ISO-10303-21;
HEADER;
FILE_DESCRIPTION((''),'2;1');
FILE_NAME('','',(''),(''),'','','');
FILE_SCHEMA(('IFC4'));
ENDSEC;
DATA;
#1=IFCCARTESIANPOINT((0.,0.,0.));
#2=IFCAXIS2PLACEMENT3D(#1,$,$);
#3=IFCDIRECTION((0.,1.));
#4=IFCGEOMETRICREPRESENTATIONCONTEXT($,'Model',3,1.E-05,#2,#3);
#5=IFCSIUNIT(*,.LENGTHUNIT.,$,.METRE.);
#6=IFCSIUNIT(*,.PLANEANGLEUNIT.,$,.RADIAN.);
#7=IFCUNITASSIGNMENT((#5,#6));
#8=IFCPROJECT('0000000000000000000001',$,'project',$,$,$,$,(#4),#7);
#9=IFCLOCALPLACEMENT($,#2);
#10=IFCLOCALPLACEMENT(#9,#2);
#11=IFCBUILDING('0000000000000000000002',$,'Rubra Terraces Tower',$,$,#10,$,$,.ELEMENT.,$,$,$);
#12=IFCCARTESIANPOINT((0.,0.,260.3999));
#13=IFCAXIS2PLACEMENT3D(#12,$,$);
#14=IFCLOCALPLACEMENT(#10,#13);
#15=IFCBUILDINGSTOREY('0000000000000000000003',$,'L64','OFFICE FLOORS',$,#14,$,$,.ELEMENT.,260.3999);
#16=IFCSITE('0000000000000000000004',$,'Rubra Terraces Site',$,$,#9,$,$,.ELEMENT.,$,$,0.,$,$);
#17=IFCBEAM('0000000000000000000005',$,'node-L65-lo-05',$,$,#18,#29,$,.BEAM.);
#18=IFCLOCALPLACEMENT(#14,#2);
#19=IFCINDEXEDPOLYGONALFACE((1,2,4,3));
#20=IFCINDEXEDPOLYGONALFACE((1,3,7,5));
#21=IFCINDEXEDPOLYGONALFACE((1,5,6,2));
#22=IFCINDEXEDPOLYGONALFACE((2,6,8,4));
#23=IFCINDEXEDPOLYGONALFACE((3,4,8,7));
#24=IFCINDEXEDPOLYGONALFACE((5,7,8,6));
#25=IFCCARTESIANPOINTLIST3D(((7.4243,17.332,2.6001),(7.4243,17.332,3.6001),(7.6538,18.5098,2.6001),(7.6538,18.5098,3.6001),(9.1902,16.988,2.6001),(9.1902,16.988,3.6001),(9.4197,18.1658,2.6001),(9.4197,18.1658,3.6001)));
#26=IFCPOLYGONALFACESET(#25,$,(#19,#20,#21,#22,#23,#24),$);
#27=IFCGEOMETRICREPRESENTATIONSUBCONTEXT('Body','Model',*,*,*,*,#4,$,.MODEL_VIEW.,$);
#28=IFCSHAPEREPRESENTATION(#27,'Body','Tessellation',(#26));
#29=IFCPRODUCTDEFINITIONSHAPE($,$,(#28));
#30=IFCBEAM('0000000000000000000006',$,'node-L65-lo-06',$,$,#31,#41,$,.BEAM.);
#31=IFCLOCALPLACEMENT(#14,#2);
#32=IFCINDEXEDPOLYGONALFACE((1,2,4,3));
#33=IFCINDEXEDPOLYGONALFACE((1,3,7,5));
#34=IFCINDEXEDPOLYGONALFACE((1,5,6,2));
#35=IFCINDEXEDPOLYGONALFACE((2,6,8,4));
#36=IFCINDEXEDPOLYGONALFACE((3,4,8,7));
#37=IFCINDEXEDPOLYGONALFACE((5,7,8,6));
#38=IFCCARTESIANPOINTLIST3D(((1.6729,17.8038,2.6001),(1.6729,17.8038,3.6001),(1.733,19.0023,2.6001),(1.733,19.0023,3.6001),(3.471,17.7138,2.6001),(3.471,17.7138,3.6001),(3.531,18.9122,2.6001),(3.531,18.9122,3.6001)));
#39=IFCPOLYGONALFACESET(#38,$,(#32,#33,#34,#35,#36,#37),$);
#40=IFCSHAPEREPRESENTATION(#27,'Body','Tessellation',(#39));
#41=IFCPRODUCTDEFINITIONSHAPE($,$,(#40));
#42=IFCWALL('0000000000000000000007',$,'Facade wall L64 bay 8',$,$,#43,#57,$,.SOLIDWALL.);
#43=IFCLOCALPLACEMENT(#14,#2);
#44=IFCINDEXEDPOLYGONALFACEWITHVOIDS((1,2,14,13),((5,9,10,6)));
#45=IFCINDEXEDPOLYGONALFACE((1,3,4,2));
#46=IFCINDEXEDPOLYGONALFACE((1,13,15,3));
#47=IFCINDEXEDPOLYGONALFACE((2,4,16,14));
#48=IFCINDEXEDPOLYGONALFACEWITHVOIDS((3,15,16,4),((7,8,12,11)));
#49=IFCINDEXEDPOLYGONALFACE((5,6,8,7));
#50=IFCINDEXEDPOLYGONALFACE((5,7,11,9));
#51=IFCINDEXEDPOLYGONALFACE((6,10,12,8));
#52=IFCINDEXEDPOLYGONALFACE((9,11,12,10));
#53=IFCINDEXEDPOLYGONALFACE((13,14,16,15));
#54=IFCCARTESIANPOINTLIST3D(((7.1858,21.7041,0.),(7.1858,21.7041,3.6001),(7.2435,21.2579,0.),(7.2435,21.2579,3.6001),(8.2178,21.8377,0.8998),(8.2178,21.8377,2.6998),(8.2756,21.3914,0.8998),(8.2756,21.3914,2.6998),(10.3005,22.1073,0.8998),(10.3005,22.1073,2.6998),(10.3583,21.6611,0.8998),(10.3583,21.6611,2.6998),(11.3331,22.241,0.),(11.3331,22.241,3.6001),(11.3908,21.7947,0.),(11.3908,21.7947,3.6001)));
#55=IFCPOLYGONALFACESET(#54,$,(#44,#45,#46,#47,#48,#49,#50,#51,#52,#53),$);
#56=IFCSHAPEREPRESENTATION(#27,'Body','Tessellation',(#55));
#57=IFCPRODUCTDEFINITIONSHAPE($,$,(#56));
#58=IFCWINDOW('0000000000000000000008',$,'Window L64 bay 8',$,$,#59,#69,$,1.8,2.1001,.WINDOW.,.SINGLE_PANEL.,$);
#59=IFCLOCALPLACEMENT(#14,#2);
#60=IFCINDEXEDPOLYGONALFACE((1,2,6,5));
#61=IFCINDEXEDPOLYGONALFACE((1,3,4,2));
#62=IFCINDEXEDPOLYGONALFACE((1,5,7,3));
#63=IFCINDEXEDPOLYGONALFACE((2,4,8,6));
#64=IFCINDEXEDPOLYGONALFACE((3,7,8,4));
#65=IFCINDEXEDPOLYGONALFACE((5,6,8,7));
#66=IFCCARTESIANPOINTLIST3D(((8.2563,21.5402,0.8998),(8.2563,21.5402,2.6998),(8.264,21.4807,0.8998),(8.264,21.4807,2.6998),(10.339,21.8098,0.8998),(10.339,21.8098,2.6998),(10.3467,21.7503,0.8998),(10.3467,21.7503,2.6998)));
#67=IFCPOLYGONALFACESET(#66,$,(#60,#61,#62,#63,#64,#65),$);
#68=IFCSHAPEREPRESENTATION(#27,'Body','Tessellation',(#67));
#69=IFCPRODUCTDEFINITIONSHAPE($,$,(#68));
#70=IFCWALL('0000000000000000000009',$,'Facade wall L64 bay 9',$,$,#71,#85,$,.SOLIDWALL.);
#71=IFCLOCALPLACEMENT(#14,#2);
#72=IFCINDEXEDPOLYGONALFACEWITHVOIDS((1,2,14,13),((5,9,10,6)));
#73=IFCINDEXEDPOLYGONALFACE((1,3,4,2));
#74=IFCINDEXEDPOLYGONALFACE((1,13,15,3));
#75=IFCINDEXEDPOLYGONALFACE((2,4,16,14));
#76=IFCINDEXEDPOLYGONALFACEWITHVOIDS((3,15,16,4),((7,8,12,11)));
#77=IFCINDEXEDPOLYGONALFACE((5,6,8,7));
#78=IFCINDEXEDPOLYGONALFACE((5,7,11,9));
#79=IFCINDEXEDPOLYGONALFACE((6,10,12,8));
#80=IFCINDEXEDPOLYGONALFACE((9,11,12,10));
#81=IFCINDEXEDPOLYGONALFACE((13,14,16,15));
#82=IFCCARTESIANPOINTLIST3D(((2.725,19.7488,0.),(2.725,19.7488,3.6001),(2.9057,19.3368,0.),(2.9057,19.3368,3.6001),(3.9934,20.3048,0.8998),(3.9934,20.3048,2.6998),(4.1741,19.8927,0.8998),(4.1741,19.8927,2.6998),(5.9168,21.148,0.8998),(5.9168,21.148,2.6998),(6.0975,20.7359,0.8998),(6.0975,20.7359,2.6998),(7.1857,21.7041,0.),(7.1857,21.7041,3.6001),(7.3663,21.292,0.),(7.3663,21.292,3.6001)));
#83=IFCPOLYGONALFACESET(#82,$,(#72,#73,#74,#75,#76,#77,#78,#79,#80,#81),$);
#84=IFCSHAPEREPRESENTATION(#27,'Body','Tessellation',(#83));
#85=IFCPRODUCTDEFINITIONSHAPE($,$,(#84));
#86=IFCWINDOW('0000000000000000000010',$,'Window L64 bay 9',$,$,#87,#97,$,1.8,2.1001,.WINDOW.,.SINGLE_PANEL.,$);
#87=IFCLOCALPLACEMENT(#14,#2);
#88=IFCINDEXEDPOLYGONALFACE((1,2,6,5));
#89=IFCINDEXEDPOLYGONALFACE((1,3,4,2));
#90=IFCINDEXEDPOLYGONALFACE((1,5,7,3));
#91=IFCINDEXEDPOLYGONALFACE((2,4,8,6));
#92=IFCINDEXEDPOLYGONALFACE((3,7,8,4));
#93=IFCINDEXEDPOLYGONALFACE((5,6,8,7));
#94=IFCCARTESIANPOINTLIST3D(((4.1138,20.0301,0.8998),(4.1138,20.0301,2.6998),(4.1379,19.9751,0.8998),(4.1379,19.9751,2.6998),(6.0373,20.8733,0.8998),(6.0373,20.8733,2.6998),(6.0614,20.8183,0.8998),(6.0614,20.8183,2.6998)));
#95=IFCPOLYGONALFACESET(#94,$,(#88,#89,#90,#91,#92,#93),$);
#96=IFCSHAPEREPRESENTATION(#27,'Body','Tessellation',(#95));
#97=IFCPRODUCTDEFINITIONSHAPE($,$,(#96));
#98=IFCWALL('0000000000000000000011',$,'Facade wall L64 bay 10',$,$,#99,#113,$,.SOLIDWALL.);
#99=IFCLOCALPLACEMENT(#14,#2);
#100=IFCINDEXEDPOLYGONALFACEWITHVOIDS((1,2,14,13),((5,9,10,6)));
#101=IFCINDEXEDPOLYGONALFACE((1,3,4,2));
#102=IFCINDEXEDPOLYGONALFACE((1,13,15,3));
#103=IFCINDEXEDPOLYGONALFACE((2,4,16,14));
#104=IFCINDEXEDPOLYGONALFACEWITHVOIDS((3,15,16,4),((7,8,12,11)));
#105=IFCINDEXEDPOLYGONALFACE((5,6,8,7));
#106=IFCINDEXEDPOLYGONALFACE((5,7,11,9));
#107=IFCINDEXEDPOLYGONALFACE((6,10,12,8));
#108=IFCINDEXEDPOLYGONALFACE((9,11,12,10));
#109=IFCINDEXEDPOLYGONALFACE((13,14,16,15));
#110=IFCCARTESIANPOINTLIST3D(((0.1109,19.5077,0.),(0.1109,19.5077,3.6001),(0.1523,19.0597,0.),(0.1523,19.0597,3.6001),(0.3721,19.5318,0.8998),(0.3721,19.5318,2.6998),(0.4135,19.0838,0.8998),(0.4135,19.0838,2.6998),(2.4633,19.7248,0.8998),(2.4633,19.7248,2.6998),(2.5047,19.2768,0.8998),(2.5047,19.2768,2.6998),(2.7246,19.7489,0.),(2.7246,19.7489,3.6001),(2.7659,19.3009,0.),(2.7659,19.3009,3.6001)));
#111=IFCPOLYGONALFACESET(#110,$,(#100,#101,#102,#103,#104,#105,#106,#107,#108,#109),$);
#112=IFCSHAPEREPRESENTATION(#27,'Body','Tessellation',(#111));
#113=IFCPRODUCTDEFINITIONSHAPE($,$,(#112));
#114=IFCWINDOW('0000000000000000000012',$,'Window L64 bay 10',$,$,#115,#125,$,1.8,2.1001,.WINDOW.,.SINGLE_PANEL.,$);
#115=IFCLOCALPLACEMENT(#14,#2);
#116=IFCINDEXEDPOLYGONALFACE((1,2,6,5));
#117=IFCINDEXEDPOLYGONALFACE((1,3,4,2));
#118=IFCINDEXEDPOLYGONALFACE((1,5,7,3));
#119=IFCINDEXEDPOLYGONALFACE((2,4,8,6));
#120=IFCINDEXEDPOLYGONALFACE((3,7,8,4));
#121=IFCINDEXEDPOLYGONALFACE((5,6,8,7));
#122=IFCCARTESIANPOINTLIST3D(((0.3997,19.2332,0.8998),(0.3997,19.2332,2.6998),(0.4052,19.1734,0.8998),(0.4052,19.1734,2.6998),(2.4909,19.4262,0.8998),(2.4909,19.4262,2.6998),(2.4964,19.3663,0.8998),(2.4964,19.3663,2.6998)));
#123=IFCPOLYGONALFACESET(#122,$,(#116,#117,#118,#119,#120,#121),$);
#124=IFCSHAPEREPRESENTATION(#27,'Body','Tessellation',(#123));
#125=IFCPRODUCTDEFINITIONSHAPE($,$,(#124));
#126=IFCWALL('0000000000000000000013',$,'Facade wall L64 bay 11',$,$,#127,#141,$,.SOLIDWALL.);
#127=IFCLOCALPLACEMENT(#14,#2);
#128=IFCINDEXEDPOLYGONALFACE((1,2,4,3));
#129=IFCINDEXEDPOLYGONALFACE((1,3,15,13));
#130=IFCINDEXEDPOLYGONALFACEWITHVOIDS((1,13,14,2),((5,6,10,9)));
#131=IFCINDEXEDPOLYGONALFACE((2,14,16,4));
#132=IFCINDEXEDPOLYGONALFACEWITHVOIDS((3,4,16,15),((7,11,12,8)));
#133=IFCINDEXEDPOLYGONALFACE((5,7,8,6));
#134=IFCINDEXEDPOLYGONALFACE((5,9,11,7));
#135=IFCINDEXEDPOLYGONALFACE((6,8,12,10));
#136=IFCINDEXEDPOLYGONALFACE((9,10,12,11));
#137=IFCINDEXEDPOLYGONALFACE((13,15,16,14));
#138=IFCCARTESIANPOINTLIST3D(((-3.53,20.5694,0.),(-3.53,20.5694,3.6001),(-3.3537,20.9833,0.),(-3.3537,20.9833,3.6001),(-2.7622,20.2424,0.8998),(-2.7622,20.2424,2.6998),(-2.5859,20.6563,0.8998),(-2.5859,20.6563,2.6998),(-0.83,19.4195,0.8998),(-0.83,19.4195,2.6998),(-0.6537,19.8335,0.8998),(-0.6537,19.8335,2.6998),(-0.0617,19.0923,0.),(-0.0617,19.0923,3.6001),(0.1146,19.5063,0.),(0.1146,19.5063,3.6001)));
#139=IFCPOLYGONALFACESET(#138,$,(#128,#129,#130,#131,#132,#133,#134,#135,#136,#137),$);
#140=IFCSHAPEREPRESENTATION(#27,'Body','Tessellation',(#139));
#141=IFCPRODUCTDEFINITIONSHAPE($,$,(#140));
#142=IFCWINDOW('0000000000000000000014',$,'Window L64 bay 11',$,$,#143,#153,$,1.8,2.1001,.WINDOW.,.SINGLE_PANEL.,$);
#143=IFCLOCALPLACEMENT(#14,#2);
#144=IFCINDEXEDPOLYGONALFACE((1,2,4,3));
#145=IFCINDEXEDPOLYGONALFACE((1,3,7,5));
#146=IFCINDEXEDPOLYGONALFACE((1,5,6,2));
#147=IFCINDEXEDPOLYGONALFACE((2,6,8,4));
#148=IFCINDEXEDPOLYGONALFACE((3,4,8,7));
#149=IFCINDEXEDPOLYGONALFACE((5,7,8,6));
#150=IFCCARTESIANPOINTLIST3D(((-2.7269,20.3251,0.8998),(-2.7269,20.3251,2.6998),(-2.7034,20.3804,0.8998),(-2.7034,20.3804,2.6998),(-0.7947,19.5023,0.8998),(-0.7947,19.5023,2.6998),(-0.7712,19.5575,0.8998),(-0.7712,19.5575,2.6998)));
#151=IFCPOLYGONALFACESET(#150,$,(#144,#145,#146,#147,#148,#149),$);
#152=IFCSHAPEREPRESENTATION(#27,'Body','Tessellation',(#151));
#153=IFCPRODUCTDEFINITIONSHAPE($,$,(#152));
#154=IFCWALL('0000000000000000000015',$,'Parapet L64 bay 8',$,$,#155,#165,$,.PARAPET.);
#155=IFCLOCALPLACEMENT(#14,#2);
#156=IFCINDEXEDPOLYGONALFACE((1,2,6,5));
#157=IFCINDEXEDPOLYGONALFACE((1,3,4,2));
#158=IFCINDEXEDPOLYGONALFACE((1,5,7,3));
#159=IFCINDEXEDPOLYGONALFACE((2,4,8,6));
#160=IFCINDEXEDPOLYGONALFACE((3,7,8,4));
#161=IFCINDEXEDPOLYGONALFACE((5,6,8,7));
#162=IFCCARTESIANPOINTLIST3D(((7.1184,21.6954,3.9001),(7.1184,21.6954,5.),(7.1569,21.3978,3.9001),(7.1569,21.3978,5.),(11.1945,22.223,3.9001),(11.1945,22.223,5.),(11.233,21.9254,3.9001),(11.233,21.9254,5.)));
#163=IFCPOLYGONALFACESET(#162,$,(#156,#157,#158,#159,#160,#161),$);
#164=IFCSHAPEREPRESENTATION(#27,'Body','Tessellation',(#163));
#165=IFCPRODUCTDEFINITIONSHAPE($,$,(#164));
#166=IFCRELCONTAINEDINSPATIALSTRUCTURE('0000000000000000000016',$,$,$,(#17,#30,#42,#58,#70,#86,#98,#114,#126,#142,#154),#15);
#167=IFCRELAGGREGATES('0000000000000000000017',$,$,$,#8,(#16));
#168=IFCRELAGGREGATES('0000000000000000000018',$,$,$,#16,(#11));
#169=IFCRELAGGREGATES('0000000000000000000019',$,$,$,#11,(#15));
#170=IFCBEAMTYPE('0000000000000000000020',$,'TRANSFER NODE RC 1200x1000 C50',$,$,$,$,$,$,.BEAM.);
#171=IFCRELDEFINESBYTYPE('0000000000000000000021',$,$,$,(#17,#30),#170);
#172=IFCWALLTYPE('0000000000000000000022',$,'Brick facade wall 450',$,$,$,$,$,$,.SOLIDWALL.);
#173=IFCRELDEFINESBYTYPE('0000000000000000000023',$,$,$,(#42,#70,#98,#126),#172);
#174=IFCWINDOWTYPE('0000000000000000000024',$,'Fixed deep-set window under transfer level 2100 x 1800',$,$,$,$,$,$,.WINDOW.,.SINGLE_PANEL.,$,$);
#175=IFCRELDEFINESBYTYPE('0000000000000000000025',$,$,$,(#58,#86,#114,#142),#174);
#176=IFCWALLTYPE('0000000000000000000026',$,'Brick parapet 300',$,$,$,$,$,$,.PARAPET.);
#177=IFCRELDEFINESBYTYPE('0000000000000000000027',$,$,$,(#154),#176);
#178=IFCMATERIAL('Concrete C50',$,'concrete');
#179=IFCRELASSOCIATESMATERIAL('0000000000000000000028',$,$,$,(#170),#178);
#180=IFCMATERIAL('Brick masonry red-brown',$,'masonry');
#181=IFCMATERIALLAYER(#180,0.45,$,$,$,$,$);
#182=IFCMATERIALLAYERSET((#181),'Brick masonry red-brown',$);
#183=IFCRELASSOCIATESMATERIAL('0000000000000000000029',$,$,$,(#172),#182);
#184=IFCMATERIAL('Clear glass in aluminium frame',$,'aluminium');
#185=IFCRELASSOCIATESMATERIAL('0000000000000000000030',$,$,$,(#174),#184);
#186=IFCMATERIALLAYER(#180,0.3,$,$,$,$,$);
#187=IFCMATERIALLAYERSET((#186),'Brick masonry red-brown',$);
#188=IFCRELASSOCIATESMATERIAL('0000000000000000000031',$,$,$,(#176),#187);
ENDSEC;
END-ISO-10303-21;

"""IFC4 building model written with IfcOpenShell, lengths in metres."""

from ifc_helpers import new_model, si_unit, direction, frame, frame_2d, origin, origin_2d, place, context, subcontext, project, spatial, rectangle, extrude, material, layer, layer_set, material_profile, profile_set, type_object, element, fill, save


model = new_model("IFC4")

# Units and contexts
model_context = context("Model", 3, precision=1e-05, world=origin(), true_north=direction((0.0, 1.0)))
body_context = subcontext(model_context, "Body", "Model", "MODEL_VIEW")
ifc_project = project(units=[si_unit("LENGTHUNIT", "METRE"), si_unit("PLANEANGLEUNIT", "RADIAN")], contexts=[model_context])

# Site, building, storey
site_placement = place(None, origin())
site = spatial("IfcSite", under=ifc_project, at=site_placement, Name="Rubra Terraces Site", CompositionType="ELEMENT", RefElevation=0.0)
building_placement = place(site_placement, origin())
building = spatial("IfcBuilding", under=site, at=building_placement, Name="Rubra Terraces Tower", CompositionType="ELEMENT")
storey_placement = place(building_placement, frame((0.0, 0.0, 260.3999)))
storey = spatial("IfcBuildingStorey", under=building, at=storey_placement, Name="L64", Description="OFFICE FLOORS", CompositionType="ELEMENT", Elevation=260.3999)

# Shared definitions
ifc_material_1 = material(Name="Concrete C50", Category="concrete")

# Beams
ifc_material_profile_1 = material_profile(ifc_material_1, rectangle(XDim=1.2, YDim=1.0, at=origin_2d()), Name="RC 1200x1000")
ifc_profile_set_1 = profile_set([ifc_material_profile_1], Name="Concrete C50")
beam_type_1 = type_object("IfcBeamType", Name="TRANSFER NODE RC 1200x1000 C50", PredefinedType="BEAM", material=ifc_profile_set_1)
beam_1_placement = place(storey_placement, frame((9.3049, 17.5769, 3.1001), z_axis=(-0.98155, 0.191207, 0.0), x_axis=(-0.191207, -0.98155, 0.0)))
element("IfcBeam", 1, at=beam_1_placement, inside=storey, type_object=beam_type_1, Name="node-L65-lo-05", PredefinedType="BEAM", context=body_context, shape_type="SweptSolid", body=[
    extrude(rectangle(XDim=1.2, YDim=1.0, at=origin_2d()), origin(), (0.0, 0.0, 1.0), 1.7991),
])
beam_2_placement = place(storey_placement, frame((3.501, 18.313, 3.1001), z_axis=(-0.998747, 0.050039, 0.0), x_axis=(-0.050039, -0.998747, 0.0)))
element("IfcBeam", 2, at=beam_2_placement, inside=storey, type_object=beam_type_1, Name="node-L65-lo-06", PredefinedType="BEAM", context=body_context, shape_type="SweptSolid", body=[
    extrude(rectangle(XDim=1.2, YDim=1.0, at=origin_2d()), origin(), (0.0, 0.0, 1.0), 1.8003),
])

# Walls, openings, windows
ifc_material_2 = material(Name="Brick masonry red-brown", Category="masonry")
ifc_layer_1 = layer(ifc_material_2, 0.45)
ifc_layer_set_1 = layer_set([ifc_layer_1], Name="Brick masonry red-brown")
wall_type_1 = type_object("IfcWallType", Name="Brick facade wall 450", PredefinedType="SOLIDWALL", material=ifc_layer_set_1)
wall_1_placement = place(storey_placement, frame((11.3618, 22.0178, 0.0), z_axis=(0.0, 0.0, 1.0), x_axis=(-0.991725, -0.128381, 0.0)))
wall_1 = element("IfcWall", 3, at=wall_1_placement, inside=storey, type_object=wall_type_1, Name="Facade wall L64 bay 8", PredefinedType="SOLIDWALL", context=body_context, shape_type="SweptSolid", body=[
    extrude(rectangle(XDim=4.1819, YDim=0.45, at=frame_2d((2.0908, 0.0))), origin(), (0.0, 0.0, 1.0), 3.6001),
])
opening_1_placement = place(wall_1_placement, frame((1.041, 0.0, 0.8999)))
opening_1 = element("IfcOpeningElement", 4, at=opening_1_placement, cuts=wall_1, PredefinedType="OPENING", context=body_context, shape_type="SweptSolid", body=[
    extrude(rectangle(XDim=2.1001, YDim=1.8, at=frame_2d((1.05, 0.8999))), frame((0.0, 0.2349, 0.0), z_axis=(0.0, -1.0, 0.0), x_axis=(1.0, 0.0, 0.0)), (0.0, 0.0, 1.0), 0.47),
])
ifc_material_3 = material(Name="Clear glass in aluminium frame", Category="aluminium")
window_type = type_object("IfcWindowType", Name="Fixed deep-set window under transfer level 2100 x 1800", PartitioningType="SINGLE_PANEL", PredefinedType="WINDOW", material=ifc_material_3)
window_1_placement = place(opening_1_placement, origin())
window_1 = element("IfcWindow", 5, at=window_1_placement, inside=storey, type_object=window_type, Name="Window L64 bay 8", OverallHeight=1.8, OverallWidth=2.1001, PartitioningType="SINGLE_PANEL", PredefinedType="WINDOW", context=body_context, shape_type="SweptSolid", body=[
    extrude(rectangle(XDim=2.1001, YDim=1.8, at=frame_2d((1.05, 0.8999))), frame((0.0, 0.135, 0.0), z_axis=(0.0, -1.0, 0.0), x_axis=(1.0, 0.0, 0.0)), (0.0, 0.0, 1.0), 0.0601),
])
fill(opening_1, window_1)
wall_2_placement = place(storey_placement, frame((7.2759, 21.498, 0.0), z_axis=(0.0, 0.0, 1.0), x_axis=(-0.915873, -0.401468, 0.0)))
wall_2 = element("IfcWall", 6, at=wall_2_placement, inside=storey, type_object=wall_type_1, Name="Facade wall L64 bay 9", PredefinedType="SOLIDWALL", context=body_context, shape_type="SweptSolid", body=[
    extrude(rectangle(XDim=4.8704, YDim=0.45, at=frame_2d((2.4351, 0.0))), origin(), (0.0, 0.0, 1.0), 3.6001),
])
opening_2_placement = place(wall_2_placement, frame((1.3853, 0.0, 0.8999)))
opening_2 = element("IfcOpeningElement", 7, at=opening_2_placement, cuts=wall_2, PredefinedType="OPENING", context=body_context, shape_type="SweptSolid", body=[
    extrude(rectangle(XDim=2.1001, YDim=1.8, at=frame_2d((1.05, 0.8999))), frame((0.0, 0.2349, 0.0), z_axis=(0.0, -1.0, 0.0), x_axis=(1.0, 0.0, 0.0)), (0.0, 0.0, 1.0), 0.47),
])
window_2_placement = place(opening_2_placement, origin())
window_2 = element("IfcWindow", 8, at=window_2_placement, inside=storey, type_object=window_type, Name="Window L64 bay 9", OverallHeight=1.8, OverallWidth=2.1001, PartitioningType="SINGLE_PANEL", PredefinedType="WINDOW", context=body_context, shape_type="SweptSolid", body=[
    extrude(rectangle(XDim=2.1001, YDim=1.8, at=frame_2d((1.05, 0.8999))), frame((0.0, 0.135, 0.0), z_axis=(0.0, -1.0, 0.0), x_axis=(1.0, 0.0, 0.0)), (0.0, 0.0, 1.0), 0.0601),
])
fill(opening_2, window_2)
wall_3_placement = place(storey_placement, frame((2.7454, 19.5249, 0.0), z_axis=(0.0, 0.0, 1.0), x_axis=(-0.995769, -0.091894, 0.0)))
wall_3 = element("IfcWall", 9, at=wall_3_placement, inside=storey, type_object=wall_type_1, Name="Facade wall L64 bay 10", PredefinedType="SOLIDWALL", context=body_context, shape_type="SweptSolid", body=[
    extrude(rectangle(XDim=2.6248, YDim=0.45, at=frame_2d((1.3125, 0.0))), origin(), (0.0, 0.0, 1.0), 3.6001),
])
opening_3_placement = place(wall_3_placement, frame((0.2625, 0.0, 0.8999)))
opening_3 = element("IfcOpeningElement", 10, at=opening_3_placement, cuts=wall_3, PredefinedType="OPENING", context=body_context, shape_type="SweptSolid", body=[
    extrude(rectangle(XDim=2.1001, YDim=1.8, at=frame_2d((1.05, 0.8999))), frame((0.0, 0.2349, 0.0), z_axis=(0.0, -1.0, 0.0), x_axis=(1.0, 0.0, 0.0)), (0.0, 0.0, 1.0), 0.47),
])
window_3_placement = place(opening_3_placement, origin())
window_3 = element("IfcWindow", 11, at=window_3_placement, inside=storey, type_object=window_type, Name="Window L64 bay 10", OverallHeight=1.8, OverallWidth=2.1001, PartitioningType="SINGLE_PANEL", PredefinedType="WINDOW", context=body_context, shape_type="SweptSolid", body=[
    extrude(rectangle(XDim=2.1001, YDim=1.8, at=frame_2d((1.05, 0.8999))), frame((0.0, 0.135, 0.0), z_axis=(0.0, -1.0, 0.0), x_axis=(1.0, 0.0, 0.0)), (0.0, 0.0, 1.0), 0.0601),
])
fill(opening_3, window_3)
wall_4_placement = place(storey_placement, frame((0.0264, 19.2993, 0.0), z_axis=(0.0, 0.0, 1.0), x_axis=(-0.92004, 0.391823, 0.0)))
wall_4 = element("IfcWall", 12, at=wall_4_placement, inside=storey, type_object=wall_type_1, Name="Facade wall L64 bay 11", PredefinedType="SOLIDWALL", context=body_context, shape_type="SweptSolid", body=[
    extrude(rectangle(XDim=3.7698, YDim=0.45, at=frame_2d((1.8848, 0.0))), origin(), (0.0, 0.0, 1.0), 3.6001),
])
opening_4_placement = place(wall_4_placement, frame((0.835, 0.0, 0.8999)))
opening_4 = element("IfcOpeningElement", 13, at=opening_4_placement, cuts=wall_4, PredefinedType="OPENING", context=body_context, shape_type="SweptSolid", body=[
    extrude(rectangle(XDim=2.1001, YDim=1.8, at=frame_2d((1.05, 0.8999))), frame((0.0, 0.2349, 0.0), z_axis=(0.0, -1.0, 0.0), x_axis=(1.0, 0.0, 0.0)), (0.0, 0.0, 1.0), 0.47),
])
window_4_placement = place(opening_4_placement, origin())
window_4 = element("IfcWindow", 14, at=window_4_placement, inside=storey, type_object=window_type, Name="Window L64 bay 11", OverallHeight=1.8, OverallWidth=2.1001, PartitioningType="SINGLE_PANEL", PredefinedType="WINDOW", context=body_context, shape_type="SweptSolid", body=[
    extrude(rectangle(XDim=2.1001, YDim=1.8, at=frame_2d((1.05, 0.8999))), frame((0.0, 0.135, 0.0), z_axis=(0.0, -1.0, 0.0), x_axis=(1.0, 0.0, 0.0)), (0.0, 0.0, 1.0), 0.0601),
])
fill(opening_4, window_4)

# Wall
ifc_layer_2 = layer(ifc_material_2, 0.3)
ifc_layer_set_2 = layer_set([ifc_layer_2], Name="Brick masonry red-brown")
wall_type_2 = type_object("IfcWallType", Name="Brick parapet 300", PredefinedType="PARAPET", material=ifc_layer_set_2)
wall_5_placement = place(storey_placement, frame((11.2139, 22.0742, 3.9001), z_axis=(0.0, 0.0, 1.0), x_axis=(-0.991727, -0.128361, 0.0)))
element("IfcWall", 15, at=wall_5_placement, inside=storey, type_object=wall_type_2, Name="Parapet L64 bay 8", PredefinedType="PARAPET", context=body_context, shape_type="SweptSolid", body=[
    extrude(rectangle(XDim=4.1101, YDim=0.3, at=frame_2d((2.0552, 0.0))), origin(), (0.0, 0.0, 1.0), 1.0999),
])

save(model, "model.ifc")
